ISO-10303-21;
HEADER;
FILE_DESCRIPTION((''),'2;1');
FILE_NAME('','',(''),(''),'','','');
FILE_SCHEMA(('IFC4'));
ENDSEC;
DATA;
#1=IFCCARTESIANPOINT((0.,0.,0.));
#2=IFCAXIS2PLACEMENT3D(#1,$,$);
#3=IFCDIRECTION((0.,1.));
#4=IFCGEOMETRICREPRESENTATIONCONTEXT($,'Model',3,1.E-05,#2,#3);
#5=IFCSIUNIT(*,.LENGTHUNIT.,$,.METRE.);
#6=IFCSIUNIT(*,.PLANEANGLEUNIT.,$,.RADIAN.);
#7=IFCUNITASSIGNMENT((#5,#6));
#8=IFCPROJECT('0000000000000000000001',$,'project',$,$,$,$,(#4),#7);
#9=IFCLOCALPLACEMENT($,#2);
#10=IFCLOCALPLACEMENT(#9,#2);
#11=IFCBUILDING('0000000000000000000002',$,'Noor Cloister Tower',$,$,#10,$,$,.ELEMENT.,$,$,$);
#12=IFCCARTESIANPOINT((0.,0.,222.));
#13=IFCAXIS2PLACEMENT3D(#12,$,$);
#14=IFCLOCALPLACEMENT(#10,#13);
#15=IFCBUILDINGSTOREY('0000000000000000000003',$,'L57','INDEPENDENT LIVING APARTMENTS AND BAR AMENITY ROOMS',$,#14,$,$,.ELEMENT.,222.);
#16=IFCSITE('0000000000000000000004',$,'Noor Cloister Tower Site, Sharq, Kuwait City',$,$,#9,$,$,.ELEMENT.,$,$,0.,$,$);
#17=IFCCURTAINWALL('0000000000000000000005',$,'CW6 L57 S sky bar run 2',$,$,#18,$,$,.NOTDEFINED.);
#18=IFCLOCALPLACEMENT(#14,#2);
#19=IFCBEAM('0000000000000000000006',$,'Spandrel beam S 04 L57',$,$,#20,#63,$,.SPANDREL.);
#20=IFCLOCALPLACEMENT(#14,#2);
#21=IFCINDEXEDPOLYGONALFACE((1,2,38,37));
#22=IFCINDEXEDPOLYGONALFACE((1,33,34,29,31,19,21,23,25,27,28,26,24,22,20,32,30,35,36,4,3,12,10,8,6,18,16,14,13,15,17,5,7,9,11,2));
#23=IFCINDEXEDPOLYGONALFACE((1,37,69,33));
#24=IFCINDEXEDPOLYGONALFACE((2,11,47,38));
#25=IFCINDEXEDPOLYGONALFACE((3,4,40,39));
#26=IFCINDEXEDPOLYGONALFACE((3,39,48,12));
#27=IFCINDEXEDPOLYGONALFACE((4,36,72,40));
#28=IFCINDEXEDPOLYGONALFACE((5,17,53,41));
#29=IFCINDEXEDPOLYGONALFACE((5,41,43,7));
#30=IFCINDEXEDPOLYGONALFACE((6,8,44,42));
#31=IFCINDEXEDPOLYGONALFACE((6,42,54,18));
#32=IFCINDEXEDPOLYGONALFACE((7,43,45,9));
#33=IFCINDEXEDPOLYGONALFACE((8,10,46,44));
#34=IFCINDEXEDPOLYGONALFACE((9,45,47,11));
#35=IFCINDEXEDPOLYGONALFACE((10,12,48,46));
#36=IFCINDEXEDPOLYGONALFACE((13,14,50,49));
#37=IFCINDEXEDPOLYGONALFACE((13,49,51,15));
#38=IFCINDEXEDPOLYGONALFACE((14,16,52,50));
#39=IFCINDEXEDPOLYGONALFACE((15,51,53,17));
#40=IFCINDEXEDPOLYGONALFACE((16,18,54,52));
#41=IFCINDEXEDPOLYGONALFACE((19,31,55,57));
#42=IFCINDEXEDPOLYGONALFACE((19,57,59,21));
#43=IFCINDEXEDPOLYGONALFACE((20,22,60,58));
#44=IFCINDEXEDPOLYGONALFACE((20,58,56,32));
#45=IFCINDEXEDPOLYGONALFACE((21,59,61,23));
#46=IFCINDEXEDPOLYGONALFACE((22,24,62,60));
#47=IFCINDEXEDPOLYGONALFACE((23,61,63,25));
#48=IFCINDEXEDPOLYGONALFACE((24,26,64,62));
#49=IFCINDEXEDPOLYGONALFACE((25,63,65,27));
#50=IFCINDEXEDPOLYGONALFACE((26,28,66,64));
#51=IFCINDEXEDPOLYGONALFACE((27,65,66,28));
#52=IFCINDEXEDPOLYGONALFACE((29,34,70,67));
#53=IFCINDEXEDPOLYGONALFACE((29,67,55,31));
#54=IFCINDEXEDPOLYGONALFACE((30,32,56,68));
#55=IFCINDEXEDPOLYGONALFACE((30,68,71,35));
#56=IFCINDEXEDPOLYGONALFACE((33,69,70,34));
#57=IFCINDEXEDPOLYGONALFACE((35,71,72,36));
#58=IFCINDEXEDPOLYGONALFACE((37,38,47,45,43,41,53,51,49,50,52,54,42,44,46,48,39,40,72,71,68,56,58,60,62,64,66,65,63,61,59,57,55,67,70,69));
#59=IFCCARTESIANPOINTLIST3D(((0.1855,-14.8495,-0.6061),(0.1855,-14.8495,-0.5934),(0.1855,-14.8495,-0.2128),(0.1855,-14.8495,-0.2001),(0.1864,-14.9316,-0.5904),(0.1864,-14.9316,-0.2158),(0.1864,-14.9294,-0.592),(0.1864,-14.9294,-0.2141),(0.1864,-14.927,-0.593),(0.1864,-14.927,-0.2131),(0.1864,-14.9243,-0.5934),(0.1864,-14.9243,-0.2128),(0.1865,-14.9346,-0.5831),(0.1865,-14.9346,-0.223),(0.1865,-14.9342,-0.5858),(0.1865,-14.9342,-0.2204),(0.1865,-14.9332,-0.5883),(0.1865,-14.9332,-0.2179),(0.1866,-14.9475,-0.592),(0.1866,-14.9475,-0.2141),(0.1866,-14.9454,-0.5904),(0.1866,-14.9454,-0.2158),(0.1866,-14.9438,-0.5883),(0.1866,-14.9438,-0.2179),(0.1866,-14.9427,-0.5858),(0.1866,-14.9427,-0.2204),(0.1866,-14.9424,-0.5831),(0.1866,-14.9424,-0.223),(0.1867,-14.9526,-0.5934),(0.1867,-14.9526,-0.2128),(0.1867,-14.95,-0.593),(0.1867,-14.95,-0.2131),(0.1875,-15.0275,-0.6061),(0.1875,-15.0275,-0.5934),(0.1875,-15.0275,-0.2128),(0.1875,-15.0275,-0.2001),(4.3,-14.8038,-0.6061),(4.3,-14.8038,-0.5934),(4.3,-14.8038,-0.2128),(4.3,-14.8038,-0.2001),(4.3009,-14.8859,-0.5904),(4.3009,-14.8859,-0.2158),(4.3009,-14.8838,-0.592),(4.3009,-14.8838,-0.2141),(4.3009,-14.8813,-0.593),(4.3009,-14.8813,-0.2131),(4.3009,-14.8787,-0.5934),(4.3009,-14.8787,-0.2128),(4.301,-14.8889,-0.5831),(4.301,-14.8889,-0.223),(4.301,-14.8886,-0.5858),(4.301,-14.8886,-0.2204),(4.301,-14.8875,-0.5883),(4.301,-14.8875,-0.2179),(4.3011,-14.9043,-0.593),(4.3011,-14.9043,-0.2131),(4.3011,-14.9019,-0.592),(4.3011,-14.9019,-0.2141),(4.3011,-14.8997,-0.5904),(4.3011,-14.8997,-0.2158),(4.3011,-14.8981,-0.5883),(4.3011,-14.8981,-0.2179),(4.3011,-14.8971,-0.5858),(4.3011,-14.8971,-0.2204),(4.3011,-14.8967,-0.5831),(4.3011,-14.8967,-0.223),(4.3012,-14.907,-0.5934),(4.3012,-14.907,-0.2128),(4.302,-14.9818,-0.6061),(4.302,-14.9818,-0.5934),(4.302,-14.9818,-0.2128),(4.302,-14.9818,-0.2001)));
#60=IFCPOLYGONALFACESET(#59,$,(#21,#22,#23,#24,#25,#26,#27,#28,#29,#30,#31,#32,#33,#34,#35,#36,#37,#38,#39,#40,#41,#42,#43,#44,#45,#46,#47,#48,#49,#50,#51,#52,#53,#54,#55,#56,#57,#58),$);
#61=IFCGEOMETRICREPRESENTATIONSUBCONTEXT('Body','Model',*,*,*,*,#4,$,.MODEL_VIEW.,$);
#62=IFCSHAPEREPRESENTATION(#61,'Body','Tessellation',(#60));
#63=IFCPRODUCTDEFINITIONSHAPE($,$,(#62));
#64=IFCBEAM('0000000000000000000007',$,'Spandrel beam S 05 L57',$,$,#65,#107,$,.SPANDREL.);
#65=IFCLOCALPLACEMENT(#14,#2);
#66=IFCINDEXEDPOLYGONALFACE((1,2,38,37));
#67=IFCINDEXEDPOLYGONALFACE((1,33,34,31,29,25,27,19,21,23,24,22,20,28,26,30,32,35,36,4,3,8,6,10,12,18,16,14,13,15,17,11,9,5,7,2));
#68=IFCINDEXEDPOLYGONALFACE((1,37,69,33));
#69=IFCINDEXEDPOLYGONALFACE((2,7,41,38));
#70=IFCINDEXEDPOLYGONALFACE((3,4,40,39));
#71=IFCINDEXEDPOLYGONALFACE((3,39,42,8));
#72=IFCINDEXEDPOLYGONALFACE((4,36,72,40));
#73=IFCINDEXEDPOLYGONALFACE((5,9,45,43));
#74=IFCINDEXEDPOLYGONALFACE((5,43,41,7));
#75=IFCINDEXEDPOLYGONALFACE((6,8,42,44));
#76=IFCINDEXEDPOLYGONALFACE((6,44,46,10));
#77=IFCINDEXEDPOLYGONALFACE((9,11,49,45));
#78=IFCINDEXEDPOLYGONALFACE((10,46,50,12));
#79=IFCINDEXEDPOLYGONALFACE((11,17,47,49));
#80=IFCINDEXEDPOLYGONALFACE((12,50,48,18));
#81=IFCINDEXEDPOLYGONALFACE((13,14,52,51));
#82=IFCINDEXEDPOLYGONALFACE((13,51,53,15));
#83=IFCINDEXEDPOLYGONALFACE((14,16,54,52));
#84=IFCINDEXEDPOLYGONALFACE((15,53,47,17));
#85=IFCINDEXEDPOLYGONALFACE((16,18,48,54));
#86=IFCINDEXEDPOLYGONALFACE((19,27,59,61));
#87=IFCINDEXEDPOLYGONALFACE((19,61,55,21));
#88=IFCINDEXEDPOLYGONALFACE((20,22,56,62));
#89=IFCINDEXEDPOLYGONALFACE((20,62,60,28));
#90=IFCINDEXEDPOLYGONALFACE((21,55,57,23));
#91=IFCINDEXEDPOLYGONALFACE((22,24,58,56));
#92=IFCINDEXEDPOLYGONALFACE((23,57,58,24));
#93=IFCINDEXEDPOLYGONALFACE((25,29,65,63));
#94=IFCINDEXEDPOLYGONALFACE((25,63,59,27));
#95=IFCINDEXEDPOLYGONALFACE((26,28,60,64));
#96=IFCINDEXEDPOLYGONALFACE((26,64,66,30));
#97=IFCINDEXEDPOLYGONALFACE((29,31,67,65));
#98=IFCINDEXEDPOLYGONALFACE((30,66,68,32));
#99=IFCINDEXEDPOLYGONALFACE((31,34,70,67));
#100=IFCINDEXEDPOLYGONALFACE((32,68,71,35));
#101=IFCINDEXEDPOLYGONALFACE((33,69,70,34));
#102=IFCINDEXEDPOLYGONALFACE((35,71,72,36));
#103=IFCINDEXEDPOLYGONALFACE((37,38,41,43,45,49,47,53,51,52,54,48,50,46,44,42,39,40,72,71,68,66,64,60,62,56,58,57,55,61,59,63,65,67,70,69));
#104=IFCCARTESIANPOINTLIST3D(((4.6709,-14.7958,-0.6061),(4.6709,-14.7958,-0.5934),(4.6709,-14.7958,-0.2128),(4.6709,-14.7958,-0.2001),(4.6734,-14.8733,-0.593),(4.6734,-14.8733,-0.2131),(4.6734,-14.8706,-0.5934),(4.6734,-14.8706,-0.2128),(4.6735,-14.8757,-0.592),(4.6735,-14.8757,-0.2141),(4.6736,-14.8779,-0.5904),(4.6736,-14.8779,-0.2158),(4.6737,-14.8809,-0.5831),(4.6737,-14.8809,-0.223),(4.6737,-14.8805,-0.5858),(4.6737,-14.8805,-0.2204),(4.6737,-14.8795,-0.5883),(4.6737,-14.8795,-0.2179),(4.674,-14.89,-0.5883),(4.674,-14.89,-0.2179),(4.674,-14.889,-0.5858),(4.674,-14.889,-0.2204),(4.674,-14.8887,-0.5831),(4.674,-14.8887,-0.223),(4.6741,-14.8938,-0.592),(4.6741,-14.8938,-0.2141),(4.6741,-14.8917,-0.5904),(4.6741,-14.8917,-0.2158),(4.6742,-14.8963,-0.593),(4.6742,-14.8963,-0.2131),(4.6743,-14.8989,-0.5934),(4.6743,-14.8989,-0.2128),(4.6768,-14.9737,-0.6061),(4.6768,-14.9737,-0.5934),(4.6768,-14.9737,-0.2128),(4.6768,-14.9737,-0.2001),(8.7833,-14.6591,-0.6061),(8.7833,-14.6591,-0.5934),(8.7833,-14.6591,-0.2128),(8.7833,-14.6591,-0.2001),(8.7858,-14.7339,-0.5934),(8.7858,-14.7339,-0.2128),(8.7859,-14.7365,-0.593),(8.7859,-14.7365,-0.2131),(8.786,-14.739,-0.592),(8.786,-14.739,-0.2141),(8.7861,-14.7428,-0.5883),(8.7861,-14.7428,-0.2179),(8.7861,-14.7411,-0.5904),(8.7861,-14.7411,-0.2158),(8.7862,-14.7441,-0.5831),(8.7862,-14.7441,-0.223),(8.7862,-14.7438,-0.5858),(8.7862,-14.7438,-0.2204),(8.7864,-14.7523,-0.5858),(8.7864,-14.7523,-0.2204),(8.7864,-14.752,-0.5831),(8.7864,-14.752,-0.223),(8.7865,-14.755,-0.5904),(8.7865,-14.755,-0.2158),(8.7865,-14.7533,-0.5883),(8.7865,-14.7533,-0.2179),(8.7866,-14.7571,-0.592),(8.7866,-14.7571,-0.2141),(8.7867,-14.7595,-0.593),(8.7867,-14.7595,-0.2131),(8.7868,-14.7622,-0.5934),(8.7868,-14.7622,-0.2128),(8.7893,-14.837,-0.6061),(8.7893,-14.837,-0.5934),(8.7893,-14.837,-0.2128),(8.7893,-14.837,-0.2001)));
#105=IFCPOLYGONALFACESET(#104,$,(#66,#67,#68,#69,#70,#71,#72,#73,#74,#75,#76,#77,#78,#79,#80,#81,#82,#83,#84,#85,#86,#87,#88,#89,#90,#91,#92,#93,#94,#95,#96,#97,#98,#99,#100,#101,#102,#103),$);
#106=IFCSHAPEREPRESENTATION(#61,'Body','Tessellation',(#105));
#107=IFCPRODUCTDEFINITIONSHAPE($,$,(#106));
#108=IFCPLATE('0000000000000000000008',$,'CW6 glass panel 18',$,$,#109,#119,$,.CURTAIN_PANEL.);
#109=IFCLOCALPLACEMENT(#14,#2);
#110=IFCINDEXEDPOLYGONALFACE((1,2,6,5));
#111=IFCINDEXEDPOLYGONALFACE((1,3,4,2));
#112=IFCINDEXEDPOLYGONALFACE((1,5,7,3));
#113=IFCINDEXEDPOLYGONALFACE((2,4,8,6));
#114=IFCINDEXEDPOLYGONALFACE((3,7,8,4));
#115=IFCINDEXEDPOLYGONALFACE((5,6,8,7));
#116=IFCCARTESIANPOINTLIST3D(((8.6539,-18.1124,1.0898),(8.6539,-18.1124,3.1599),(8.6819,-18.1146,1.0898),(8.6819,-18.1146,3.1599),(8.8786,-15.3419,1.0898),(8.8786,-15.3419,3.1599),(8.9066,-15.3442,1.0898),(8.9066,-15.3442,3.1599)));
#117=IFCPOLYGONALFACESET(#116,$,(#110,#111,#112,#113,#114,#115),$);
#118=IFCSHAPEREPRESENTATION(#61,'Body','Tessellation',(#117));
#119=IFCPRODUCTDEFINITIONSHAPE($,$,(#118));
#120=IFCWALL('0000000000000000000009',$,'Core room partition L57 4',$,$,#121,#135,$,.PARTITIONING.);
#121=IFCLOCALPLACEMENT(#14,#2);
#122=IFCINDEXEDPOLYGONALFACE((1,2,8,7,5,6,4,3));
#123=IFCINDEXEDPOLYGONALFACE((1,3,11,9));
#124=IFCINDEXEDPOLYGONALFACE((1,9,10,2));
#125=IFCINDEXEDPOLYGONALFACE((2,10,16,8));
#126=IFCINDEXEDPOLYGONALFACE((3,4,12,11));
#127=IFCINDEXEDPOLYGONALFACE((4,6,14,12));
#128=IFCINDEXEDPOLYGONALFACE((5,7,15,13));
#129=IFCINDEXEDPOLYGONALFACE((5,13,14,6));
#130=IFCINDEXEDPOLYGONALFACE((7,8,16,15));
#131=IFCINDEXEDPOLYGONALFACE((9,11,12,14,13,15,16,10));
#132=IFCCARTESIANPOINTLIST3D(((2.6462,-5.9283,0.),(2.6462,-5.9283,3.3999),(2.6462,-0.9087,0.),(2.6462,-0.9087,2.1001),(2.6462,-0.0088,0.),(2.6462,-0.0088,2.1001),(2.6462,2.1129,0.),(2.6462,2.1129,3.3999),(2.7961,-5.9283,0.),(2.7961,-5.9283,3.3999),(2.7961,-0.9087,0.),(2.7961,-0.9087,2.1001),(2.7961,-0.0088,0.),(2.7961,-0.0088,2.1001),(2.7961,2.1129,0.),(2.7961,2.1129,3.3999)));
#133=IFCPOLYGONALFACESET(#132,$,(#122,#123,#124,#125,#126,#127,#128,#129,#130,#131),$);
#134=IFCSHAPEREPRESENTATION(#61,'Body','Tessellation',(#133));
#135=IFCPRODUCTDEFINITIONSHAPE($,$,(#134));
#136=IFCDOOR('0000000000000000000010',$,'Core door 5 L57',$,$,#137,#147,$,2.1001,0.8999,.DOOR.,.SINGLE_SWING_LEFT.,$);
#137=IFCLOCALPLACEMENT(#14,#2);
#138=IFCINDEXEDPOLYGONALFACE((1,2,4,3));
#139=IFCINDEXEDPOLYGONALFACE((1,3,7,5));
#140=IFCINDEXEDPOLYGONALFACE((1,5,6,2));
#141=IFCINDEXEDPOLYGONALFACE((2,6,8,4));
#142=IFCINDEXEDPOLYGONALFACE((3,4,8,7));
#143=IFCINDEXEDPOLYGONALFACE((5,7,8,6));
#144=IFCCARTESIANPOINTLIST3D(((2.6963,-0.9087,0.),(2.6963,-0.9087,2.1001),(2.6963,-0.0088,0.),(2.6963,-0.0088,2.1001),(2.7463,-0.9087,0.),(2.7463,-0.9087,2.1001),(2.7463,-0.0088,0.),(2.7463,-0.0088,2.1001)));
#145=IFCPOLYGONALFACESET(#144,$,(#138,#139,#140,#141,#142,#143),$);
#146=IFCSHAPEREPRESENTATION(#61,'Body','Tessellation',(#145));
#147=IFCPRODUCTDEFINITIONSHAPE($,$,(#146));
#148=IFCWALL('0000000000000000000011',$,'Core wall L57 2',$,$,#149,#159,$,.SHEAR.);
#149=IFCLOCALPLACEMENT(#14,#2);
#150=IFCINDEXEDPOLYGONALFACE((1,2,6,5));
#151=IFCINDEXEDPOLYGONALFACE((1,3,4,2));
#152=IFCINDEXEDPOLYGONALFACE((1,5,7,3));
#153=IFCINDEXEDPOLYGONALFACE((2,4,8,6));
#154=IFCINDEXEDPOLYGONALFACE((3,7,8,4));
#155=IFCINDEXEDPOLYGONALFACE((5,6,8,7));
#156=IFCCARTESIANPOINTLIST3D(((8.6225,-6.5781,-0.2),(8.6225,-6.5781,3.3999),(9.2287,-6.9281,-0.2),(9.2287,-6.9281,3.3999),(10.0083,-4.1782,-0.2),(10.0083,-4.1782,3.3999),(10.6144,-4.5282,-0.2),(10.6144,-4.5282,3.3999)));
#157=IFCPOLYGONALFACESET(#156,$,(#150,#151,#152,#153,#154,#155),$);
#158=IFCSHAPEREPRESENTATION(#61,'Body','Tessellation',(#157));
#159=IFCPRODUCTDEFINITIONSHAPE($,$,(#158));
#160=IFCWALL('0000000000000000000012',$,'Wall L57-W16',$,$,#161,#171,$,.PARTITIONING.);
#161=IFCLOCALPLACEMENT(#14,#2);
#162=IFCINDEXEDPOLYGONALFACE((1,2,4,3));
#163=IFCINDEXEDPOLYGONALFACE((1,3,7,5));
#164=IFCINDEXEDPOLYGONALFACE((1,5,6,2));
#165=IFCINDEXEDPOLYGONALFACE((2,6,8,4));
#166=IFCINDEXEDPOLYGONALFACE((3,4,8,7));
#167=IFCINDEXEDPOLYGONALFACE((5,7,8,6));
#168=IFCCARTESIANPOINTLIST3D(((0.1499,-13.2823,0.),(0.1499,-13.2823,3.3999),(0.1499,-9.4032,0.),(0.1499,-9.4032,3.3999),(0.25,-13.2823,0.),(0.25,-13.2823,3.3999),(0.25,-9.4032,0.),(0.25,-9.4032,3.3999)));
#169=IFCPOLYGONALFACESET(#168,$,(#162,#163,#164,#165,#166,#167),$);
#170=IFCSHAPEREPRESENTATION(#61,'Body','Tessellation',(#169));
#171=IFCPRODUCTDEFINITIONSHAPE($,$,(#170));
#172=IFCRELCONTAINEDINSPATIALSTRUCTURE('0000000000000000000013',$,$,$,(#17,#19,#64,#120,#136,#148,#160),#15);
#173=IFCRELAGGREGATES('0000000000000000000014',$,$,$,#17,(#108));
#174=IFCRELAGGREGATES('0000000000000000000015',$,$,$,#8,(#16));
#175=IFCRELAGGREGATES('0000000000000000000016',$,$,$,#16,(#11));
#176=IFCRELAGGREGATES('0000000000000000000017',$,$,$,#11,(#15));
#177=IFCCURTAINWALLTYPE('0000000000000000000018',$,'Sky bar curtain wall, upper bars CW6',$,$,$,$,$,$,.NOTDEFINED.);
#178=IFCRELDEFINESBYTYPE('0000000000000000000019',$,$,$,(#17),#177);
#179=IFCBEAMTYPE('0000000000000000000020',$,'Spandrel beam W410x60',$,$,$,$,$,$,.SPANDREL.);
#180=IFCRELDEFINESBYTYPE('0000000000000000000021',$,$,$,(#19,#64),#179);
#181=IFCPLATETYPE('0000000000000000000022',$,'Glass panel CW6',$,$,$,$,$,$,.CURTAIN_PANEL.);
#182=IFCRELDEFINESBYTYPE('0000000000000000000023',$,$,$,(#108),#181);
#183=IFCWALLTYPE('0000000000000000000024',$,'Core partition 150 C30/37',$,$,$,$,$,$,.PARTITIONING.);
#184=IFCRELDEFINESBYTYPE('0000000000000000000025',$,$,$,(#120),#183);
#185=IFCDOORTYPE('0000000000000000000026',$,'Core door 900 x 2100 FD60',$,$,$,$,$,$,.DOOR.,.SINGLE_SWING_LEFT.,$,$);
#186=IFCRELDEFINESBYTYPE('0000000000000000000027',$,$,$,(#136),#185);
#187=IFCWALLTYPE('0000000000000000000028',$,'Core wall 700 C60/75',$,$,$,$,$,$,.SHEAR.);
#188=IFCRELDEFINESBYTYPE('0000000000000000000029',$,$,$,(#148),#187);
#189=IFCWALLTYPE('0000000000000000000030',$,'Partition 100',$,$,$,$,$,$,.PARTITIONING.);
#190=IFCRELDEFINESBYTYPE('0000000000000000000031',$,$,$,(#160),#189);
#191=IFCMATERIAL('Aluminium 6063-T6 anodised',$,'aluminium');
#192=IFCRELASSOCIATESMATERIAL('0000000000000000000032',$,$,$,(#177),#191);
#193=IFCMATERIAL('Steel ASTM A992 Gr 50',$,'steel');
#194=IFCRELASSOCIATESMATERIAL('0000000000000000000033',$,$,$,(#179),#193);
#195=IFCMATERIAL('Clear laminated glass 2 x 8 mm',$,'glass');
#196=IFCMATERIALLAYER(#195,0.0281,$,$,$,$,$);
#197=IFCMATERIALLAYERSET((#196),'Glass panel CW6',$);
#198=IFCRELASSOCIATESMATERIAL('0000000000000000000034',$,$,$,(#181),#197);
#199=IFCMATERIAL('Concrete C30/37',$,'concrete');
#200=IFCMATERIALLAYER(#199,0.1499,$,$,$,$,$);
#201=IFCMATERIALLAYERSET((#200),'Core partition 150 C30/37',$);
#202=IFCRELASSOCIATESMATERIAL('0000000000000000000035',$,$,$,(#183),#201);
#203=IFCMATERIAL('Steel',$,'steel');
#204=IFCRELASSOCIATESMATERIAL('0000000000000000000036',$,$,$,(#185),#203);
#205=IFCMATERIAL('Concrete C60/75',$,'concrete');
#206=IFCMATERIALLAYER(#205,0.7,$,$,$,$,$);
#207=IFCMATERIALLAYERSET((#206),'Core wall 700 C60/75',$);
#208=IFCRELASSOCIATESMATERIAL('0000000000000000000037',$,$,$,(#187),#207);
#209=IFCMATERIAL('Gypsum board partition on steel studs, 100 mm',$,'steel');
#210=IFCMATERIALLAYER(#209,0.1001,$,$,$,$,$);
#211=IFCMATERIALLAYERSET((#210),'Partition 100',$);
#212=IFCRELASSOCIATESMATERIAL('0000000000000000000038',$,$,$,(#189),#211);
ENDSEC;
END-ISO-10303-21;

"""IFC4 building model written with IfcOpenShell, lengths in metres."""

from ifc_helpers import new_model, si_unit, direction, frame, frame_2d, origin, origin_2d, place, context, subcontext, project, spatial, rectangle, i_section, extrude, material, layer, layer_set, material_profile, profile_set, type_object, element, fill, aggregate, save


model = new_model("IFC4")

# Units and contexts
model_context = context("Model", 3, precision=1e-05, world=origin(), true_north=direction((0.0, 1.0)))
body_context = subcontext(model_context, "Body", "Model", "MODEL_VIEW")
ifc_project = project(units=[si_unit("LENGTHUNIT", "METRE"), si_unit("PLANEANGLEUNIT", "RADIAN")], contexts=[model_context])

# Site, building, storey
site_placement = place(None, origin())
site = spatial("IfcSite", under=ifc_project, at=site_placement, Name="Noor Cloister Tower Site, Sharq, Kuwait City", CompositionType="ELEMENT", RefElevation=0.0)
building_placement = place(site_placement, origin())
building = spatial("IfcBuilding", under=site, at=building_placement, Name="Noor Cloister Tower", CompositionType="ELEMENT")
storey_placement = place(building_placement, frame((0.0, 0.0, 222.0)))
storey = spatial("IfcBuildingStorey", under=building, at=storey_placement, Name="L57", Description="INDEPENDENT LIVING APARTMENTS AND BAR AMENITY ROOMS", CompositionType="ELEMENT", Elevation=222.0)

# Curtain wall
ifc_material_1 = material(Name="Aluminium 6063-T6 anodised", Category="aluminium")
curtain_wall_type = type_object("IfcCurtainWallType", Name="Sky bar curtain wall, upper bars CW6", PredefinedType="NOTDEFINED", material=ifc_material_1)
curtain_wall_placement = place(storey_placement, origin())
curtain_wall = element("IfcCurtainWall", 1, at=curtain_wall_placement, inside=storey, type_object=curtain_wall_type, Name="CW6 L57 S sky bar run 2", PredefinedType="NOTDEFINED")

# Beams
ifc_material_2 = material(Name="Steel ASTM A992 Gr 50", Category="steel")
ifc_material_profile_1 = material_profile(ifc_material_2, i_section(OverallWidth=0.178, OverallDepth=0.406, WebThickness=0.0078, FlangeThickness=0.0127, FilletRadius=0.0103, at=origin_2d()), Name="W410x60")
ifc_profile_set_1 = profile_set([ifc_material_profile_1], Name="Steel ASTM A992 Gr 50")
beam_type_1 = type_object("IfcBeamType", Name="Spandrel beam W410x60", PredefinedType="SPANDREL", material=ifc_profile_set_1)
for number, where, z_axis, x_axis, name in (
    (2, (0.1865, -14.9385, -0.4031), (0.999938, 0.011095, 0.0), (-0.011095, 0.999938, 0.0), "Spandrel beam S 04 L57"),
    (3, (4.6738, -14.8848, -0.4031), (0.999448, 0.033226, 0.0), (-0.033226, 0.999448, 0.0), "Spandrel beam S 05 L57"),
):
    element("IfcBeam", number, at=place(storey_placement, frame(where, z_axis=z_axis, x_axis=x_axis)), inside=storey, type_object=beam_type_1, Name=name, PredefinedType="SPANDREL", context=body_context, shape_type="SweptSolid", body=[
        extrude(i_section(OverallWidth=0.178, OverallDepth=0.406, WebThickness=0.0078, FlangeThickness=0.0127, FilletRadius=0.0103, at=origin_2d()), origin(), (0.0, 0.0, 1.0), 4.1147),
    ])

# Plate
ifc_material_3 = material(Name="Clear laminated glass 2 x 8 mm", Category="glass")
ifc_layer_1 = layer(ifc_material_3, 0.0281)
ifc_layer_set_1 = layer_set([ifc_layer_1], Name="Glass panel CW6")
plate_type = type_object("IfcPlateType", Name="Glass panel CW6", PredefinedType="CURTAIN_PANEL", material=ifc_layer_set_1)
plate_placement = place(storey_placement, frame((8.7803, -16.7283, 1.0898), z_axis=(0.0, 0.0, 1.0), x_axis=(0.080834, 0.996728, 0.0)))
plate = element("IfcPlate", 4, at=plate_placement, type_object=plate_type, Name="CW6 glass panel 18", PredefinedType="CURTAIN_PANEL", context=body_context, shape_type="SweptSolid", body=[
    extrude(rectangle(XDim=2.7795, YDim=0.0281, at=origin_2d()), origin(), (0.0, 0.0, 1.0), 2.0701),
])
aggregate(curtain_wall, [plate])

# Wall, opening, door
ifc_material_4 = material(Name="Concrete C30/37", Category="concrete")
ifc_layer_2 = layer(ifc_material_4, 0.1499)
ifc_layer_set_2 = layer_set([ifc_layer_2], Name="Core partition 150 C30/37")
wall_type_1 = type_object("IfcWallType", Name="Core partition 150 C30/37", PredefinedType="PARTITIONING", material=ifc_layer_set_2)
wall_1_placement = place(storey_placement, frame((2.7212, -5.9282, 0.0), z_axis=(0.0, 0.0, 1.0), x_axis=(0.0, 1.0, 0.0)))
wall_1 = element("IfcWall", 5, at=wall_1_placement, inside=storey, type_object=wall_type_1, Name="Core room partition L57 4", PredefinedType="PARTITIONING", context=body_context, shape_type="SweptSolid", body=[
    extrude(rectangle(XDim=8.0413, YDim=0.1499, at=frame_2d((4.0205, 0.0))), origin(), (0.0, 0.0, 1.0), 3.3999),
])
opening_1_placement = place(wall_1_placement, frame((5.0195, 0.0, 0.0)))
opening_1 = element("IfcOpeningElement", 6, at=opening_1_placement, cuts=wall_1, PredefinedType="OPENING", context=body_context, shape_type="SweptSolid", body=[
    extrude(rectangle(XDim=0.8999, YDim=2.1001, at=frame_2d((0.45, 1.05))), frame((0.0, 0.085, 0.0), z_axis=(0.0, -1.0, 0.0), x_axis=(1.0, 0.0, 0.0)), (0.0, 0.0, 1.0), 0.1699),
])
ifc_material_5 = material(Name="Steel", Category="steel")
door_type_1 = type_object("IfcDoorType", Name="Core door 900 x 2100 FD60", OperationType="SINGLE_SWING_LEFT", PredefinedType="DOOR", material=ifc_material_5)
door_1_placement = place(opening_1_placement, origin())
door_1 = element("IfcDoor", 7, at=door_1_placement, inside=storey, type_object=door_type_1, Name="Core door 5 L57", OperationType="SINGLE_SWING_LEFT", OverallHeight=2.1001, OverallWidth=0.8999, PredefinedType="DOOR", context=body_context, shape_type="SweptSolid", body=[
    extrude(rectangle(XDim=0.8999, YDim=2.1001, at=frame_2d((0.45, 1.05))), frame((0.0, 0.0249, 0.0), z_axis=(0.0, -1.0, 0.0), x_axis=(1.0, 0.0, 0.0)), (0.0, 0.0, 1.0), 0.05),
])
fill(opening_1, door_1)

# Walls
ifc_material_6 = material(Name="Concrete C60/75", Category="concrete")
ifc_layer_3 = layer(ifc_material_6, 0.7)
ifc_layer_set_3 = layer_set([ifc_layer_3], Name="Core wall 700 C60/75")
wall_type_2 = type_object("IfcWallType", Name="Core wall 700 C60/75", PredefinedType="SHEAR", material=ifc_layer_set_3)
wall_2_placement = place(storey_placement, frame((8.9255, -6.7532, -0.2), z_axis=(0.0, 0.0, 1.0), x_axis=(0.500043, 0.866001, 0.0)))
element("IfcWall", 8, at=wall_2_placement, inside=storey, type_object=wall_type_2, Name="Core wall L57 2", PredefinedType="SHEAR", context=body_context, shape_type="SweptSolid", body=[
    extrude(rectangle(XDim=2.7712, YDim=0.7, at=frame_2d((1.3857, 0.0))), origin(), (0.0, 0.0, 1.0), 3.5999),
])
ifc_material_7 = material(Name="Gypsum board partition on steel studs, 100 mm", Category="steel")
ifc_layer_4 = layer(ifc_material_7, 0.1001)
ifc_layer_set_4 = layer_set([ifc_layer_4], Name="Partition 100")
wall_type_3 = type_object("IfcWallType", Name="Partition 100", PredefinedType="PARTITIONING", material=ifc_layer_set_4)
wall_3_placement = place(storey_placement, frame((0.2, -9.4033, 0.0), z_axis=(0.0, 0.0, 1.0), x_axis=(0.0, -1.0, 0.0)))
element("IfcWall", 9, at=wall_3_placement, inside=storey, type_object=wall_type_3, Name="Wall L57-W16", PredefinedType="PARTITIONING", context=body_context, shape_type="SweptSolid", body=[
    extrude(rectangle(XDim=3.8792, YDim=0.1001, at=frame_2d((1.9395, 0.0))), origin(), (0.0, 0.0, 1.0), 3.3999),
])

save(model, "model.ifc")
